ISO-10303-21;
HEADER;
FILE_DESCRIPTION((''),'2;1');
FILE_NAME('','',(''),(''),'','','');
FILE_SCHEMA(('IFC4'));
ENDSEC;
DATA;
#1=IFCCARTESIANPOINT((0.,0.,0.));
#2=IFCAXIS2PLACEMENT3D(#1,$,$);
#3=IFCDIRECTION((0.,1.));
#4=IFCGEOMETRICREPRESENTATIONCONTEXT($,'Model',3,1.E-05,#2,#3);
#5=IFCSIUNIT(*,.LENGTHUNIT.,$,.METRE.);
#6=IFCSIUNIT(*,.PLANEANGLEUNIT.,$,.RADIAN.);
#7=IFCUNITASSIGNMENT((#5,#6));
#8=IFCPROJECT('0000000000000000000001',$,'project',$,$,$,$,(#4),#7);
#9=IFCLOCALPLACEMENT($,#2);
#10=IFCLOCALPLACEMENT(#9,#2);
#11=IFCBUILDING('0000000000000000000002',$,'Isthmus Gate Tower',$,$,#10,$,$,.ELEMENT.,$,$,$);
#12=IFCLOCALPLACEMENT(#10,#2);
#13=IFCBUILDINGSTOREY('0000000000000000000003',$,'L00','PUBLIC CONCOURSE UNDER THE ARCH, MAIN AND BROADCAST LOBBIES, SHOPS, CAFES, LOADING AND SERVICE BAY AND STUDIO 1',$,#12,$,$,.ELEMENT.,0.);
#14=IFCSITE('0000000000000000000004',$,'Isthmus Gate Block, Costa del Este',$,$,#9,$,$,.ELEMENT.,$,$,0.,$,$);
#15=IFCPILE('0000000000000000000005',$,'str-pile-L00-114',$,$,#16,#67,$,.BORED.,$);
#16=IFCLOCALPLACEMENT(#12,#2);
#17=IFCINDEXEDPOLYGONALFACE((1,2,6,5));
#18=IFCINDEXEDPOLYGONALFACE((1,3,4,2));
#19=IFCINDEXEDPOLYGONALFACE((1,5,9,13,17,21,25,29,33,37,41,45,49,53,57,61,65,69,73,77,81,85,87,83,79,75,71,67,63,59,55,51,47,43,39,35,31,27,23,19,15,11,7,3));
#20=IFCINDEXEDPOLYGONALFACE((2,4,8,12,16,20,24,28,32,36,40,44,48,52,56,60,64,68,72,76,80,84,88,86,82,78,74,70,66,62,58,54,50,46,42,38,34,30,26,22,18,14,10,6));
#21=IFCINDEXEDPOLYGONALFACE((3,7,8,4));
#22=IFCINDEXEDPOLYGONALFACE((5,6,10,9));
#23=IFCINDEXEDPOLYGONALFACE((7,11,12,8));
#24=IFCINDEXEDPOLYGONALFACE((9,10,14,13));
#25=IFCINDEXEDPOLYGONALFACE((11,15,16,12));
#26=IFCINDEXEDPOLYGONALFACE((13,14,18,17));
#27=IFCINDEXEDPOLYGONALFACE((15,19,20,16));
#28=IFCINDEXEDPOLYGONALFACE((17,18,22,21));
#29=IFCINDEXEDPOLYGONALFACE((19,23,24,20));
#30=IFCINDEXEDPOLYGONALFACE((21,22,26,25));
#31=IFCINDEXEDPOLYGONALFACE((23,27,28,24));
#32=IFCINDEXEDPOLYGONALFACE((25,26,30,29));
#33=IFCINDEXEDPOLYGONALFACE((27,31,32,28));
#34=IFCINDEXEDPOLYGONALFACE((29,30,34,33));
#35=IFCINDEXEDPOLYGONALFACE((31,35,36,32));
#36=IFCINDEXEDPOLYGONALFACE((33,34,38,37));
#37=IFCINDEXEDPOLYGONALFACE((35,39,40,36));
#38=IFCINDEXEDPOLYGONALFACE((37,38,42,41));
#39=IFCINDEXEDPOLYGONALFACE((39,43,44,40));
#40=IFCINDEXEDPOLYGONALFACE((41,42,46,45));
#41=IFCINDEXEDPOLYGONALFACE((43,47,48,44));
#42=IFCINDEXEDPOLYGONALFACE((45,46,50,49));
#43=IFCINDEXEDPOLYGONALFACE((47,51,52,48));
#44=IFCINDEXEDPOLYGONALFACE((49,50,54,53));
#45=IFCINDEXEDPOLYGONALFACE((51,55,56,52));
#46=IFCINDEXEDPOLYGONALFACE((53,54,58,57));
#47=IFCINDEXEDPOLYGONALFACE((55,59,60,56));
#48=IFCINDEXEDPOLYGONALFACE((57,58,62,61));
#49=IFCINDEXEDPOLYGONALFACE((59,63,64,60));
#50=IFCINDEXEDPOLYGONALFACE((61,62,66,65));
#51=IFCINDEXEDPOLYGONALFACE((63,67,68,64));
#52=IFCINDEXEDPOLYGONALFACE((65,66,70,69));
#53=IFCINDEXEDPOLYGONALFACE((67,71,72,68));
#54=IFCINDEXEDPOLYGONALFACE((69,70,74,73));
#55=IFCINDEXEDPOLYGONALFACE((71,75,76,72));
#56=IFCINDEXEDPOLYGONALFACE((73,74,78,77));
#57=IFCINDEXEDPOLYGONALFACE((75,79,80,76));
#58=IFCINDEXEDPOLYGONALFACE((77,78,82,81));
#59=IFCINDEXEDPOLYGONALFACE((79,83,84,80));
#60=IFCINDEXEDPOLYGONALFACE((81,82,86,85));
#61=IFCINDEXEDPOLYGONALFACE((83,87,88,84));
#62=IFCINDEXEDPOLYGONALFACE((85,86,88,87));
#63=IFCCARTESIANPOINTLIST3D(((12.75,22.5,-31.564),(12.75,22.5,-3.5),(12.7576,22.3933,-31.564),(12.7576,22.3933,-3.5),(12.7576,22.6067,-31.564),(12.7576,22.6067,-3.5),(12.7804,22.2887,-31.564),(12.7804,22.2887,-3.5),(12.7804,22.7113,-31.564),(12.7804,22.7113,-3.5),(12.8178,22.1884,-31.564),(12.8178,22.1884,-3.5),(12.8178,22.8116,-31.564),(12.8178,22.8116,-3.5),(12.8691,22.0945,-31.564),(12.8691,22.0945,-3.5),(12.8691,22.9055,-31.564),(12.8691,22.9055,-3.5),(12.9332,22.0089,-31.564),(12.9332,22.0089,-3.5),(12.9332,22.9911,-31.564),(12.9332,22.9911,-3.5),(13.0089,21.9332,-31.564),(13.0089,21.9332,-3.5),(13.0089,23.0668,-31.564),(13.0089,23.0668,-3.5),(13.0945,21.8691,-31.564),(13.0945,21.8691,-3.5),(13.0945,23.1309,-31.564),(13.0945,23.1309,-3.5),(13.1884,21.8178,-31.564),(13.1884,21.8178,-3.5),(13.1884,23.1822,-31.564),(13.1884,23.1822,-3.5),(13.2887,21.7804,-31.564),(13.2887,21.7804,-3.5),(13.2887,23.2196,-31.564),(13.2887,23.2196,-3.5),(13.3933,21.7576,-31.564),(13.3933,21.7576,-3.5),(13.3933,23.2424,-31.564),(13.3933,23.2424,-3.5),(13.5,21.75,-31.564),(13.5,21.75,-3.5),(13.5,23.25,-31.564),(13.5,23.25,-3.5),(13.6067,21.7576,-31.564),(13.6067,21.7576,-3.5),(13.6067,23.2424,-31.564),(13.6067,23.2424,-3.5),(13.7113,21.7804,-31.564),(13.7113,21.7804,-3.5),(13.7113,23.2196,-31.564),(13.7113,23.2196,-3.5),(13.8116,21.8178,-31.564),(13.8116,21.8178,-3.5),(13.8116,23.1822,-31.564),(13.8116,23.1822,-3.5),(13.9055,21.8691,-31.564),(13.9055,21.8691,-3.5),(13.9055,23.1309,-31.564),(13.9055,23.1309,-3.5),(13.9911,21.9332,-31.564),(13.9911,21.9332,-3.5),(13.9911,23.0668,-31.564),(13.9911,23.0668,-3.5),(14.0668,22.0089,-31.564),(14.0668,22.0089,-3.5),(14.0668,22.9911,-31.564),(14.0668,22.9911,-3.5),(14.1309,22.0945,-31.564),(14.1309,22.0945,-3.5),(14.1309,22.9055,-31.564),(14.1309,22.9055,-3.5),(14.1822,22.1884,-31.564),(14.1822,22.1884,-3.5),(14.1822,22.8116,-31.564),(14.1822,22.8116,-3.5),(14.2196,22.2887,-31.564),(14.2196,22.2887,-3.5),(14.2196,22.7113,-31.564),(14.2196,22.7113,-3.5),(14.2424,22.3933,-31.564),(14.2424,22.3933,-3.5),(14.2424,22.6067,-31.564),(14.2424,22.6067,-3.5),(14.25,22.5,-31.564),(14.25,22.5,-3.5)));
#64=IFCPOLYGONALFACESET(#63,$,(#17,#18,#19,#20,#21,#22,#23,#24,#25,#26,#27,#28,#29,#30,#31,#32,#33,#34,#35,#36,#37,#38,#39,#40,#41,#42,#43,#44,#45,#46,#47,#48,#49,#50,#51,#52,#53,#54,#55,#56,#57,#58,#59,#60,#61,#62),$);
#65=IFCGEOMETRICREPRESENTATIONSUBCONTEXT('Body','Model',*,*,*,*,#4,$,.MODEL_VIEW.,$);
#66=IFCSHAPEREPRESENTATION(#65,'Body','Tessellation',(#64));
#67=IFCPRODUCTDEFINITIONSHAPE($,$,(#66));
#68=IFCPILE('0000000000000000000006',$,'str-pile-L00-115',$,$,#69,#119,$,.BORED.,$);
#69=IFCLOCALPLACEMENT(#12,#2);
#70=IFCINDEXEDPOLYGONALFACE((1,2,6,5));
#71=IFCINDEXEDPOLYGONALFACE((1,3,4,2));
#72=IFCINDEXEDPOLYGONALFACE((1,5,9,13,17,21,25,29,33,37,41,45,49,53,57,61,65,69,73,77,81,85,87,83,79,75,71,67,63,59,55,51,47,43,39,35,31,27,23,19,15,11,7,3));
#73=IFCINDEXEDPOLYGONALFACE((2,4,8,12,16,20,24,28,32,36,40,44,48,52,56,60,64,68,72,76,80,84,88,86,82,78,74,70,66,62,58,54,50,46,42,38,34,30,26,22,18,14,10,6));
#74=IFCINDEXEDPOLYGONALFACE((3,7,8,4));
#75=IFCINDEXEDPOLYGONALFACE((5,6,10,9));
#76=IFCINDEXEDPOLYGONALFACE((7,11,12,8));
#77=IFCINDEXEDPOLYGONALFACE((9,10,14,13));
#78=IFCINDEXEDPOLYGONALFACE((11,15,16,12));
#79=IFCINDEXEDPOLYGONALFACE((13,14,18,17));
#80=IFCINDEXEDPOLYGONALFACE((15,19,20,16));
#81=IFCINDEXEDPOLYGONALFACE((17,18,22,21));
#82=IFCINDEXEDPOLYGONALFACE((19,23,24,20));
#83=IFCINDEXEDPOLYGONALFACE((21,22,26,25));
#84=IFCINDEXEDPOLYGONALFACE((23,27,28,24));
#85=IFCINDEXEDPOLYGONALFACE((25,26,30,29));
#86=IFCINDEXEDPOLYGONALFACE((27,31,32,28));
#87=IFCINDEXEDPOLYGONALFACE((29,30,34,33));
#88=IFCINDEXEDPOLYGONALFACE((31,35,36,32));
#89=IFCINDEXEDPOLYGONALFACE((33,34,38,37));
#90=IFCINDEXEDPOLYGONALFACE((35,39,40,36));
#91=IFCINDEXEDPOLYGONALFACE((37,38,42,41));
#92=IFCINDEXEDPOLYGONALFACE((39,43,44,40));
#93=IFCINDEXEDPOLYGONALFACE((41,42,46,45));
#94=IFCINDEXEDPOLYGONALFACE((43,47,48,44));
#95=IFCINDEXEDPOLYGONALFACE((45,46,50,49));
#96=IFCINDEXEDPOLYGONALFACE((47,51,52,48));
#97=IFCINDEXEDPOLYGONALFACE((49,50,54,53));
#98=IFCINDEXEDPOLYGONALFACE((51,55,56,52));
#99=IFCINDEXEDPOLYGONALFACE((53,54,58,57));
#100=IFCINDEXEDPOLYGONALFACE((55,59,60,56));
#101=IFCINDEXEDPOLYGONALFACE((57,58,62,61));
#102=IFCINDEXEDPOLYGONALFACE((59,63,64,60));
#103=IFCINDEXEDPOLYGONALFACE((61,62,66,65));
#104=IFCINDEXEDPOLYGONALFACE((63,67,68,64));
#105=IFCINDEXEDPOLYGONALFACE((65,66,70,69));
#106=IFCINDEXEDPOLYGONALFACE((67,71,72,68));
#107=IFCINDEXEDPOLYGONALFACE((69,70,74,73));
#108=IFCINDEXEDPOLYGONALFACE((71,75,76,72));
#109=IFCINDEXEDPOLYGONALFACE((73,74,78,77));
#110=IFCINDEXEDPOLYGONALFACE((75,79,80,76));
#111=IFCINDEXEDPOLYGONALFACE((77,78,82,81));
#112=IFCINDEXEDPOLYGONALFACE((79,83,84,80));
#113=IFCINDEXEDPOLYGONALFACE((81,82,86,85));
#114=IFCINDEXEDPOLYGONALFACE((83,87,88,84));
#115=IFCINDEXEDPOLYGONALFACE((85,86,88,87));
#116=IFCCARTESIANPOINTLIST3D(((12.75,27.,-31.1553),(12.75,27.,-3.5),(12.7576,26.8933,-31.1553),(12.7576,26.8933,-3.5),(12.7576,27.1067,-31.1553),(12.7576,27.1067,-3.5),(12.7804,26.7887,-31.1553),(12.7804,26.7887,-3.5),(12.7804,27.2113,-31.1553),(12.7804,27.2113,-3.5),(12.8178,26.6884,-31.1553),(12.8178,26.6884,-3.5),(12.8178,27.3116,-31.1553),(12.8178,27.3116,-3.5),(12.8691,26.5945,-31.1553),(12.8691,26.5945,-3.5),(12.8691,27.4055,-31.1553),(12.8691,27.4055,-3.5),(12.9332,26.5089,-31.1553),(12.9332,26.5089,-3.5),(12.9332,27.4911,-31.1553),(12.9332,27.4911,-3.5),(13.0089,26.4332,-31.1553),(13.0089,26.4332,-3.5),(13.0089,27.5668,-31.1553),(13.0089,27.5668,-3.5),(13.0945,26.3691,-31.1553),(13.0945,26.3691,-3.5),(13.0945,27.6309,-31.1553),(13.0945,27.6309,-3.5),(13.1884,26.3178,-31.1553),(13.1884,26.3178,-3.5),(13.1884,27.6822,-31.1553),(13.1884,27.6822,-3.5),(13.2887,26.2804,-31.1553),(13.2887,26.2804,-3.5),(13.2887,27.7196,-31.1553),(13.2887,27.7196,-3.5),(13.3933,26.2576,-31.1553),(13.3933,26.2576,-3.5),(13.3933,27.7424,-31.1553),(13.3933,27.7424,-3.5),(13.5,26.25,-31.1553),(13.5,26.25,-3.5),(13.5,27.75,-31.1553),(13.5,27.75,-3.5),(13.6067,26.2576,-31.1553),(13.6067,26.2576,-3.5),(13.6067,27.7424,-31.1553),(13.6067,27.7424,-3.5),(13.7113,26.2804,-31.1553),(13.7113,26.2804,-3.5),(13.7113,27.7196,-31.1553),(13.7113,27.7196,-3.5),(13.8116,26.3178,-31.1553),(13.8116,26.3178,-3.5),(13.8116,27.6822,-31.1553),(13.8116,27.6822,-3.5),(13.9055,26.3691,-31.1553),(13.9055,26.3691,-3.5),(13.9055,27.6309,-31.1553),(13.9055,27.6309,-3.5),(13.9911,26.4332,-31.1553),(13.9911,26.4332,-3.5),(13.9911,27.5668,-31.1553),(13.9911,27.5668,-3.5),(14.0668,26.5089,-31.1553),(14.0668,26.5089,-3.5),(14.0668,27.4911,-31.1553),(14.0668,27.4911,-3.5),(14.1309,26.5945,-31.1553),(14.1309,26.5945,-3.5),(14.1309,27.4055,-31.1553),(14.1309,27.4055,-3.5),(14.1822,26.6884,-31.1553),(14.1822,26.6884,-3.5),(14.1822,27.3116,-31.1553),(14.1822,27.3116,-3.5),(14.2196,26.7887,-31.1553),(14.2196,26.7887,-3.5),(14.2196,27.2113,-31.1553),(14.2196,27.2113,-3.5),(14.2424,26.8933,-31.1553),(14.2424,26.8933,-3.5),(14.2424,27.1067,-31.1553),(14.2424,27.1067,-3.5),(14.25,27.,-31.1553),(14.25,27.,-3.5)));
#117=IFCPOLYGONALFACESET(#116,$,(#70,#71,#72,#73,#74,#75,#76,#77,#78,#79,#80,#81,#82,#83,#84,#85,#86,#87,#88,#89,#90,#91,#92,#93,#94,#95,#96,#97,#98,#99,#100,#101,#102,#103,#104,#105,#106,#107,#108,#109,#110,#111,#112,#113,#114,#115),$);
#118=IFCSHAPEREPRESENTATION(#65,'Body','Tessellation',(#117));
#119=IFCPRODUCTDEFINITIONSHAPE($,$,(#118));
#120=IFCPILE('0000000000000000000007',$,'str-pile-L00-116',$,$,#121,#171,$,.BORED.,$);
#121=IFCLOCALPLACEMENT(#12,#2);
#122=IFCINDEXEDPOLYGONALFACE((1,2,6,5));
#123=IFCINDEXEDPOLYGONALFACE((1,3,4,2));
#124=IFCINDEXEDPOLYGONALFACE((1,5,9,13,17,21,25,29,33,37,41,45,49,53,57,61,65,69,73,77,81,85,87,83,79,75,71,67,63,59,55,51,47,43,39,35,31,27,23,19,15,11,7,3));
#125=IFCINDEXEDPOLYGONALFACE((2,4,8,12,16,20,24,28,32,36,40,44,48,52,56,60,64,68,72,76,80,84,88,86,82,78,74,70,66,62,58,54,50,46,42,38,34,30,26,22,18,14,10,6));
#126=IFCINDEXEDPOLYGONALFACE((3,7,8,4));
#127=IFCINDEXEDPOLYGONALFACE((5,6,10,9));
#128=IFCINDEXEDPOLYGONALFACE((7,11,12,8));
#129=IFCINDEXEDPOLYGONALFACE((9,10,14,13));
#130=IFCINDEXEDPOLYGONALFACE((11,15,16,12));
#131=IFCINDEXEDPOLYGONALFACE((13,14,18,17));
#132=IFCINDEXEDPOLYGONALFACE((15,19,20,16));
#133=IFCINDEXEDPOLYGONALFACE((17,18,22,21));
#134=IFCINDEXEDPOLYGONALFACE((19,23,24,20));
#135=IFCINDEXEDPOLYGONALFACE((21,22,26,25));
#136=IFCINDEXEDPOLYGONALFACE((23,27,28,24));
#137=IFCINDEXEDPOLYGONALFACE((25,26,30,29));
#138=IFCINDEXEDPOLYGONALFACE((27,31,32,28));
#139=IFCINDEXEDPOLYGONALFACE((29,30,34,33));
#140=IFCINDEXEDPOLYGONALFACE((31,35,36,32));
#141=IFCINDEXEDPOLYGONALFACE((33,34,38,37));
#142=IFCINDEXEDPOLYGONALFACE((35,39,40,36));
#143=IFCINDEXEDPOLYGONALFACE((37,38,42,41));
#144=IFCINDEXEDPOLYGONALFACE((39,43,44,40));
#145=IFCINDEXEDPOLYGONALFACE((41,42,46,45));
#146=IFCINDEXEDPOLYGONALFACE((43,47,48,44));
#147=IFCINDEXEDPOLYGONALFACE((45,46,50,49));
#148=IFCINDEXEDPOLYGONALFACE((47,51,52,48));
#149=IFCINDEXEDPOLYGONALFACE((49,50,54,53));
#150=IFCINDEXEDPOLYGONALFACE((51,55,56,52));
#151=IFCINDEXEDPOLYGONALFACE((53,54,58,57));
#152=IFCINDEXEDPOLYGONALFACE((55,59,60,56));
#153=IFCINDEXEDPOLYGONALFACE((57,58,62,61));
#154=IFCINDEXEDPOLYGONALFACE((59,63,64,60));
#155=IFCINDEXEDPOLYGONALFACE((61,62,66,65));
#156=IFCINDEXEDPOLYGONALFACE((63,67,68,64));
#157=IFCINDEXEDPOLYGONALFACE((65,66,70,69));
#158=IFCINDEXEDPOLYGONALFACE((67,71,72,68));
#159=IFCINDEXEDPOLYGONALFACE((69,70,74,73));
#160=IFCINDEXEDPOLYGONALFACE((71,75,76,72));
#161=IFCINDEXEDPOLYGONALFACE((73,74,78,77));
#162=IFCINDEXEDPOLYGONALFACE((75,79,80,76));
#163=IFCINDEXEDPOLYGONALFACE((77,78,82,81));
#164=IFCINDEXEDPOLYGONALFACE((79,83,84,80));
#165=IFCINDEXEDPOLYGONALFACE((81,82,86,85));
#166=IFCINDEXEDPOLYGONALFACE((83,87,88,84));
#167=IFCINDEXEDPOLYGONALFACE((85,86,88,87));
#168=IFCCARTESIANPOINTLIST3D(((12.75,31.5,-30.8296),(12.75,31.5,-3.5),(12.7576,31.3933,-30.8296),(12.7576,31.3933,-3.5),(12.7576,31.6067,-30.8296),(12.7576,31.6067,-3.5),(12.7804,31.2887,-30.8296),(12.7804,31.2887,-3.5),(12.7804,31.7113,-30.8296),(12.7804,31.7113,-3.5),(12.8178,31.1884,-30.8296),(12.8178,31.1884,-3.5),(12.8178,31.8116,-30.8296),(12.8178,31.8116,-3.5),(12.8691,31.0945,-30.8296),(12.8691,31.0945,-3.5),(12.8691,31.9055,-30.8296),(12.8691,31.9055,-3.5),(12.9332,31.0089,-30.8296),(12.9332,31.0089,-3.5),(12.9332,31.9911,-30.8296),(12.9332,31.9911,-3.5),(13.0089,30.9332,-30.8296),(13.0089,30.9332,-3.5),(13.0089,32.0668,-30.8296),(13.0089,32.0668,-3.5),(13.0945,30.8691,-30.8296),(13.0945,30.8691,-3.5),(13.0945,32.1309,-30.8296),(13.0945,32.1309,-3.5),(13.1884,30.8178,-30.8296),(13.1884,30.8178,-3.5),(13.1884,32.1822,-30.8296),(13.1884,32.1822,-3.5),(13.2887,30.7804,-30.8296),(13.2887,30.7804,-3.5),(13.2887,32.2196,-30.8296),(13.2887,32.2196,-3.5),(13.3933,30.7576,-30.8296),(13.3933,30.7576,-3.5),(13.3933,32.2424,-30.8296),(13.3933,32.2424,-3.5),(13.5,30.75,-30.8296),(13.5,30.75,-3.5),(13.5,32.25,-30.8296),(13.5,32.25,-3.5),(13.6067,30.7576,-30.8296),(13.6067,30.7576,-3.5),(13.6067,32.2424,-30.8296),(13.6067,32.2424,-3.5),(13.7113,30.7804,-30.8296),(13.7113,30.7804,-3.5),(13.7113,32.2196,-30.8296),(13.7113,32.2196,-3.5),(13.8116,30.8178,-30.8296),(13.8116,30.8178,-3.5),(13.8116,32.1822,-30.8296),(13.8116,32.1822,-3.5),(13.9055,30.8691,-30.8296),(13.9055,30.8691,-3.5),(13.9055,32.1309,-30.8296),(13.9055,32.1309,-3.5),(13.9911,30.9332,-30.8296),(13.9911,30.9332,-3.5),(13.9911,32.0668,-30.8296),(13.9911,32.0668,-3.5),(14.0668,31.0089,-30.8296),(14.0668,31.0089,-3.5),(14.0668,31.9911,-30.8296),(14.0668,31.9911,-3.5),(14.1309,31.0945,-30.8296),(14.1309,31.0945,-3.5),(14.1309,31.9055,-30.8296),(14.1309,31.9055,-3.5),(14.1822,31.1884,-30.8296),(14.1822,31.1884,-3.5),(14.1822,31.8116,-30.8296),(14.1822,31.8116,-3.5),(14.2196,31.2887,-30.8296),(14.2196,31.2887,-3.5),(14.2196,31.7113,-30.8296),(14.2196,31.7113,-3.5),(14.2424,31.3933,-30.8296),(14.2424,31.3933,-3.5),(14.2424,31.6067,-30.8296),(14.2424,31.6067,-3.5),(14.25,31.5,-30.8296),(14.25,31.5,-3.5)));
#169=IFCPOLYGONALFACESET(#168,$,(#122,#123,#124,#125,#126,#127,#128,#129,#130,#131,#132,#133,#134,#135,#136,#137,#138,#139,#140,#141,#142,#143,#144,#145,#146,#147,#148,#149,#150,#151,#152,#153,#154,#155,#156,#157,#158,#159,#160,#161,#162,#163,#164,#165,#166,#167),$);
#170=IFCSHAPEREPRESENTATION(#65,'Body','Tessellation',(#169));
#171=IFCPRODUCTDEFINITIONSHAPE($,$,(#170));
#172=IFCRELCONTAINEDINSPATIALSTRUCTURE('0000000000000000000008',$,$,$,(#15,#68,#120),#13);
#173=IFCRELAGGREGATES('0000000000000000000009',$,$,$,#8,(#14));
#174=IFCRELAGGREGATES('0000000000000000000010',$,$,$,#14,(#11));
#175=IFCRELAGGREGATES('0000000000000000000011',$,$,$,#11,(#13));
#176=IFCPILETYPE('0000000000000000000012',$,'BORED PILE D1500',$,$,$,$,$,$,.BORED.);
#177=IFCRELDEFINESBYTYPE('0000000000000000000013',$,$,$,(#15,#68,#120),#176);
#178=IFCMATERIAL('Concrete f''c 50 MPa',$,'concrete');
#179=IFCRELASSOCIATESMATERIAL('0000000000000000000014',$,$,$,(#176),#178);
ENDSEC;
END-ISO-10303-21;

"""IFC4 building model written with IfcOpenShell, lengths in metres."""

from ifc_helpers import new_model, si_unit, direction, frame, origin, origin_2d, place, context, subcontext, project, spatial, circle, extrude, material, material_profile, profile_set, type_object, element, save


model = new_model("IFC4")

# Units and contexts
model_context = context("Model", 3, precision=1e-05, world=origin(), true_north=direction((0.0, 1.0)))
body_context = subcontext(model_context, "Body", "Model", "MODEL_VIEW")
ifc_project = project(units=[si_unit("LENGTHUNIT", "METRE"), si_unit("PLANEANGLEUNIT", "RADIAN")], contexts=[model_context])

# Site, building, storey
site_placement = place(None, origin())
site = spatial("IfcSite", under=ifc_project, at=site_placement, Name="Isthmus Gate Block, Costa del Este", CompositionType="ELEMENT", RefElevation=0.0)
building_placement = place(site_placement, origin())
building = spatial("IfcBuilding", under=site, at=building_placement, Name="Isthmus Gate Tower", CompositionType="ELEMENT")
storey_placement = place(building_placement, origin())
storey = spatial("IfcBuildingStorey", under=building, at=storey_placement, Name="L00", Description="PUBLIC CONCOURSE UNDER THE ARCH, MAIN AND BROADCAST LOBBIES, SHOPS, CAFES, LOADING AND SERVICE BAY AND STUDIO 1", CompositionType="ELEMENT", Elevation=0.0)

# Piles
ifc_material_1 = material(Name="Concrete f'c 50 MPa", Category="concrete")
ifc_material_profile_1 = material_profile(ifc_material_1, circle(Radius=0.75, at=origin_2d()), Name="D1500")
ifc_profile_set_1 = profile_set([ifc_material_profile_1], Name="Concrete f'c 50 MPa")
pile_type_1 = type_object("IfcPileType", Name="BORED PILE D1500", PredefinedType="BORED", material=ifc_profile_set_1)
pile_1_placement = place(storey_placement, frame((13.5, 22.5, -3.5), z_axis=(0.0, 0.0, -1.0), x_axis=(1.0, 0.0, 0.0)))
element("IfcPile", 1, at=pile_1_placement, inside=storey, type_object=pile_type_1, Name="str-pile-L00-114", PredefinedType="BORED", context=body_context, shape_type="SweptSolid", body=[
    extrude(circle(Radius=0.75, at=origin_2d()), origin(), (0.0, 0.0, 1.0), 28.064),
])
pile_2_placement = place(storey_placement, frame((13.5, 27.0, -3.5), z_axis=(0.0, 0.0, -1.0), x_axis=(1.0, 0.0, 0.0)))
element("IfcPile", 2, at=pile_2_placement, inside=storey, type_object=pile_type_1, Name="str-pile-L00-115", PredefinedType="BORED", context=body_context, shape_type="SweptSolid", body=[
    extrude(circle(Radius=0.75, at=origin_2d()), origin(), (0.0, 0.0, 1.0), 27.6553),
])
pile_3_placement = place(storey_placement, frame((13.5, 31.5, -3.5), z_axis=(0.0, 0.0, -1.0), x_axis=(1.0, 0.0, 0.0)))
element("IfcPile", 3, at=pile_3_placement, inside=storey, type_object=pile_type_1, Name="str-pile-L00-116", PredefinedType="BORED", context=body_context, shape_type="SweptSolid", body=[
    extrude(circle(Radius=0.75, at=origin_2d()), origin(), (0.0, 0.0, 1.0), 27.3296),
])

save(model, "model.ifc")
